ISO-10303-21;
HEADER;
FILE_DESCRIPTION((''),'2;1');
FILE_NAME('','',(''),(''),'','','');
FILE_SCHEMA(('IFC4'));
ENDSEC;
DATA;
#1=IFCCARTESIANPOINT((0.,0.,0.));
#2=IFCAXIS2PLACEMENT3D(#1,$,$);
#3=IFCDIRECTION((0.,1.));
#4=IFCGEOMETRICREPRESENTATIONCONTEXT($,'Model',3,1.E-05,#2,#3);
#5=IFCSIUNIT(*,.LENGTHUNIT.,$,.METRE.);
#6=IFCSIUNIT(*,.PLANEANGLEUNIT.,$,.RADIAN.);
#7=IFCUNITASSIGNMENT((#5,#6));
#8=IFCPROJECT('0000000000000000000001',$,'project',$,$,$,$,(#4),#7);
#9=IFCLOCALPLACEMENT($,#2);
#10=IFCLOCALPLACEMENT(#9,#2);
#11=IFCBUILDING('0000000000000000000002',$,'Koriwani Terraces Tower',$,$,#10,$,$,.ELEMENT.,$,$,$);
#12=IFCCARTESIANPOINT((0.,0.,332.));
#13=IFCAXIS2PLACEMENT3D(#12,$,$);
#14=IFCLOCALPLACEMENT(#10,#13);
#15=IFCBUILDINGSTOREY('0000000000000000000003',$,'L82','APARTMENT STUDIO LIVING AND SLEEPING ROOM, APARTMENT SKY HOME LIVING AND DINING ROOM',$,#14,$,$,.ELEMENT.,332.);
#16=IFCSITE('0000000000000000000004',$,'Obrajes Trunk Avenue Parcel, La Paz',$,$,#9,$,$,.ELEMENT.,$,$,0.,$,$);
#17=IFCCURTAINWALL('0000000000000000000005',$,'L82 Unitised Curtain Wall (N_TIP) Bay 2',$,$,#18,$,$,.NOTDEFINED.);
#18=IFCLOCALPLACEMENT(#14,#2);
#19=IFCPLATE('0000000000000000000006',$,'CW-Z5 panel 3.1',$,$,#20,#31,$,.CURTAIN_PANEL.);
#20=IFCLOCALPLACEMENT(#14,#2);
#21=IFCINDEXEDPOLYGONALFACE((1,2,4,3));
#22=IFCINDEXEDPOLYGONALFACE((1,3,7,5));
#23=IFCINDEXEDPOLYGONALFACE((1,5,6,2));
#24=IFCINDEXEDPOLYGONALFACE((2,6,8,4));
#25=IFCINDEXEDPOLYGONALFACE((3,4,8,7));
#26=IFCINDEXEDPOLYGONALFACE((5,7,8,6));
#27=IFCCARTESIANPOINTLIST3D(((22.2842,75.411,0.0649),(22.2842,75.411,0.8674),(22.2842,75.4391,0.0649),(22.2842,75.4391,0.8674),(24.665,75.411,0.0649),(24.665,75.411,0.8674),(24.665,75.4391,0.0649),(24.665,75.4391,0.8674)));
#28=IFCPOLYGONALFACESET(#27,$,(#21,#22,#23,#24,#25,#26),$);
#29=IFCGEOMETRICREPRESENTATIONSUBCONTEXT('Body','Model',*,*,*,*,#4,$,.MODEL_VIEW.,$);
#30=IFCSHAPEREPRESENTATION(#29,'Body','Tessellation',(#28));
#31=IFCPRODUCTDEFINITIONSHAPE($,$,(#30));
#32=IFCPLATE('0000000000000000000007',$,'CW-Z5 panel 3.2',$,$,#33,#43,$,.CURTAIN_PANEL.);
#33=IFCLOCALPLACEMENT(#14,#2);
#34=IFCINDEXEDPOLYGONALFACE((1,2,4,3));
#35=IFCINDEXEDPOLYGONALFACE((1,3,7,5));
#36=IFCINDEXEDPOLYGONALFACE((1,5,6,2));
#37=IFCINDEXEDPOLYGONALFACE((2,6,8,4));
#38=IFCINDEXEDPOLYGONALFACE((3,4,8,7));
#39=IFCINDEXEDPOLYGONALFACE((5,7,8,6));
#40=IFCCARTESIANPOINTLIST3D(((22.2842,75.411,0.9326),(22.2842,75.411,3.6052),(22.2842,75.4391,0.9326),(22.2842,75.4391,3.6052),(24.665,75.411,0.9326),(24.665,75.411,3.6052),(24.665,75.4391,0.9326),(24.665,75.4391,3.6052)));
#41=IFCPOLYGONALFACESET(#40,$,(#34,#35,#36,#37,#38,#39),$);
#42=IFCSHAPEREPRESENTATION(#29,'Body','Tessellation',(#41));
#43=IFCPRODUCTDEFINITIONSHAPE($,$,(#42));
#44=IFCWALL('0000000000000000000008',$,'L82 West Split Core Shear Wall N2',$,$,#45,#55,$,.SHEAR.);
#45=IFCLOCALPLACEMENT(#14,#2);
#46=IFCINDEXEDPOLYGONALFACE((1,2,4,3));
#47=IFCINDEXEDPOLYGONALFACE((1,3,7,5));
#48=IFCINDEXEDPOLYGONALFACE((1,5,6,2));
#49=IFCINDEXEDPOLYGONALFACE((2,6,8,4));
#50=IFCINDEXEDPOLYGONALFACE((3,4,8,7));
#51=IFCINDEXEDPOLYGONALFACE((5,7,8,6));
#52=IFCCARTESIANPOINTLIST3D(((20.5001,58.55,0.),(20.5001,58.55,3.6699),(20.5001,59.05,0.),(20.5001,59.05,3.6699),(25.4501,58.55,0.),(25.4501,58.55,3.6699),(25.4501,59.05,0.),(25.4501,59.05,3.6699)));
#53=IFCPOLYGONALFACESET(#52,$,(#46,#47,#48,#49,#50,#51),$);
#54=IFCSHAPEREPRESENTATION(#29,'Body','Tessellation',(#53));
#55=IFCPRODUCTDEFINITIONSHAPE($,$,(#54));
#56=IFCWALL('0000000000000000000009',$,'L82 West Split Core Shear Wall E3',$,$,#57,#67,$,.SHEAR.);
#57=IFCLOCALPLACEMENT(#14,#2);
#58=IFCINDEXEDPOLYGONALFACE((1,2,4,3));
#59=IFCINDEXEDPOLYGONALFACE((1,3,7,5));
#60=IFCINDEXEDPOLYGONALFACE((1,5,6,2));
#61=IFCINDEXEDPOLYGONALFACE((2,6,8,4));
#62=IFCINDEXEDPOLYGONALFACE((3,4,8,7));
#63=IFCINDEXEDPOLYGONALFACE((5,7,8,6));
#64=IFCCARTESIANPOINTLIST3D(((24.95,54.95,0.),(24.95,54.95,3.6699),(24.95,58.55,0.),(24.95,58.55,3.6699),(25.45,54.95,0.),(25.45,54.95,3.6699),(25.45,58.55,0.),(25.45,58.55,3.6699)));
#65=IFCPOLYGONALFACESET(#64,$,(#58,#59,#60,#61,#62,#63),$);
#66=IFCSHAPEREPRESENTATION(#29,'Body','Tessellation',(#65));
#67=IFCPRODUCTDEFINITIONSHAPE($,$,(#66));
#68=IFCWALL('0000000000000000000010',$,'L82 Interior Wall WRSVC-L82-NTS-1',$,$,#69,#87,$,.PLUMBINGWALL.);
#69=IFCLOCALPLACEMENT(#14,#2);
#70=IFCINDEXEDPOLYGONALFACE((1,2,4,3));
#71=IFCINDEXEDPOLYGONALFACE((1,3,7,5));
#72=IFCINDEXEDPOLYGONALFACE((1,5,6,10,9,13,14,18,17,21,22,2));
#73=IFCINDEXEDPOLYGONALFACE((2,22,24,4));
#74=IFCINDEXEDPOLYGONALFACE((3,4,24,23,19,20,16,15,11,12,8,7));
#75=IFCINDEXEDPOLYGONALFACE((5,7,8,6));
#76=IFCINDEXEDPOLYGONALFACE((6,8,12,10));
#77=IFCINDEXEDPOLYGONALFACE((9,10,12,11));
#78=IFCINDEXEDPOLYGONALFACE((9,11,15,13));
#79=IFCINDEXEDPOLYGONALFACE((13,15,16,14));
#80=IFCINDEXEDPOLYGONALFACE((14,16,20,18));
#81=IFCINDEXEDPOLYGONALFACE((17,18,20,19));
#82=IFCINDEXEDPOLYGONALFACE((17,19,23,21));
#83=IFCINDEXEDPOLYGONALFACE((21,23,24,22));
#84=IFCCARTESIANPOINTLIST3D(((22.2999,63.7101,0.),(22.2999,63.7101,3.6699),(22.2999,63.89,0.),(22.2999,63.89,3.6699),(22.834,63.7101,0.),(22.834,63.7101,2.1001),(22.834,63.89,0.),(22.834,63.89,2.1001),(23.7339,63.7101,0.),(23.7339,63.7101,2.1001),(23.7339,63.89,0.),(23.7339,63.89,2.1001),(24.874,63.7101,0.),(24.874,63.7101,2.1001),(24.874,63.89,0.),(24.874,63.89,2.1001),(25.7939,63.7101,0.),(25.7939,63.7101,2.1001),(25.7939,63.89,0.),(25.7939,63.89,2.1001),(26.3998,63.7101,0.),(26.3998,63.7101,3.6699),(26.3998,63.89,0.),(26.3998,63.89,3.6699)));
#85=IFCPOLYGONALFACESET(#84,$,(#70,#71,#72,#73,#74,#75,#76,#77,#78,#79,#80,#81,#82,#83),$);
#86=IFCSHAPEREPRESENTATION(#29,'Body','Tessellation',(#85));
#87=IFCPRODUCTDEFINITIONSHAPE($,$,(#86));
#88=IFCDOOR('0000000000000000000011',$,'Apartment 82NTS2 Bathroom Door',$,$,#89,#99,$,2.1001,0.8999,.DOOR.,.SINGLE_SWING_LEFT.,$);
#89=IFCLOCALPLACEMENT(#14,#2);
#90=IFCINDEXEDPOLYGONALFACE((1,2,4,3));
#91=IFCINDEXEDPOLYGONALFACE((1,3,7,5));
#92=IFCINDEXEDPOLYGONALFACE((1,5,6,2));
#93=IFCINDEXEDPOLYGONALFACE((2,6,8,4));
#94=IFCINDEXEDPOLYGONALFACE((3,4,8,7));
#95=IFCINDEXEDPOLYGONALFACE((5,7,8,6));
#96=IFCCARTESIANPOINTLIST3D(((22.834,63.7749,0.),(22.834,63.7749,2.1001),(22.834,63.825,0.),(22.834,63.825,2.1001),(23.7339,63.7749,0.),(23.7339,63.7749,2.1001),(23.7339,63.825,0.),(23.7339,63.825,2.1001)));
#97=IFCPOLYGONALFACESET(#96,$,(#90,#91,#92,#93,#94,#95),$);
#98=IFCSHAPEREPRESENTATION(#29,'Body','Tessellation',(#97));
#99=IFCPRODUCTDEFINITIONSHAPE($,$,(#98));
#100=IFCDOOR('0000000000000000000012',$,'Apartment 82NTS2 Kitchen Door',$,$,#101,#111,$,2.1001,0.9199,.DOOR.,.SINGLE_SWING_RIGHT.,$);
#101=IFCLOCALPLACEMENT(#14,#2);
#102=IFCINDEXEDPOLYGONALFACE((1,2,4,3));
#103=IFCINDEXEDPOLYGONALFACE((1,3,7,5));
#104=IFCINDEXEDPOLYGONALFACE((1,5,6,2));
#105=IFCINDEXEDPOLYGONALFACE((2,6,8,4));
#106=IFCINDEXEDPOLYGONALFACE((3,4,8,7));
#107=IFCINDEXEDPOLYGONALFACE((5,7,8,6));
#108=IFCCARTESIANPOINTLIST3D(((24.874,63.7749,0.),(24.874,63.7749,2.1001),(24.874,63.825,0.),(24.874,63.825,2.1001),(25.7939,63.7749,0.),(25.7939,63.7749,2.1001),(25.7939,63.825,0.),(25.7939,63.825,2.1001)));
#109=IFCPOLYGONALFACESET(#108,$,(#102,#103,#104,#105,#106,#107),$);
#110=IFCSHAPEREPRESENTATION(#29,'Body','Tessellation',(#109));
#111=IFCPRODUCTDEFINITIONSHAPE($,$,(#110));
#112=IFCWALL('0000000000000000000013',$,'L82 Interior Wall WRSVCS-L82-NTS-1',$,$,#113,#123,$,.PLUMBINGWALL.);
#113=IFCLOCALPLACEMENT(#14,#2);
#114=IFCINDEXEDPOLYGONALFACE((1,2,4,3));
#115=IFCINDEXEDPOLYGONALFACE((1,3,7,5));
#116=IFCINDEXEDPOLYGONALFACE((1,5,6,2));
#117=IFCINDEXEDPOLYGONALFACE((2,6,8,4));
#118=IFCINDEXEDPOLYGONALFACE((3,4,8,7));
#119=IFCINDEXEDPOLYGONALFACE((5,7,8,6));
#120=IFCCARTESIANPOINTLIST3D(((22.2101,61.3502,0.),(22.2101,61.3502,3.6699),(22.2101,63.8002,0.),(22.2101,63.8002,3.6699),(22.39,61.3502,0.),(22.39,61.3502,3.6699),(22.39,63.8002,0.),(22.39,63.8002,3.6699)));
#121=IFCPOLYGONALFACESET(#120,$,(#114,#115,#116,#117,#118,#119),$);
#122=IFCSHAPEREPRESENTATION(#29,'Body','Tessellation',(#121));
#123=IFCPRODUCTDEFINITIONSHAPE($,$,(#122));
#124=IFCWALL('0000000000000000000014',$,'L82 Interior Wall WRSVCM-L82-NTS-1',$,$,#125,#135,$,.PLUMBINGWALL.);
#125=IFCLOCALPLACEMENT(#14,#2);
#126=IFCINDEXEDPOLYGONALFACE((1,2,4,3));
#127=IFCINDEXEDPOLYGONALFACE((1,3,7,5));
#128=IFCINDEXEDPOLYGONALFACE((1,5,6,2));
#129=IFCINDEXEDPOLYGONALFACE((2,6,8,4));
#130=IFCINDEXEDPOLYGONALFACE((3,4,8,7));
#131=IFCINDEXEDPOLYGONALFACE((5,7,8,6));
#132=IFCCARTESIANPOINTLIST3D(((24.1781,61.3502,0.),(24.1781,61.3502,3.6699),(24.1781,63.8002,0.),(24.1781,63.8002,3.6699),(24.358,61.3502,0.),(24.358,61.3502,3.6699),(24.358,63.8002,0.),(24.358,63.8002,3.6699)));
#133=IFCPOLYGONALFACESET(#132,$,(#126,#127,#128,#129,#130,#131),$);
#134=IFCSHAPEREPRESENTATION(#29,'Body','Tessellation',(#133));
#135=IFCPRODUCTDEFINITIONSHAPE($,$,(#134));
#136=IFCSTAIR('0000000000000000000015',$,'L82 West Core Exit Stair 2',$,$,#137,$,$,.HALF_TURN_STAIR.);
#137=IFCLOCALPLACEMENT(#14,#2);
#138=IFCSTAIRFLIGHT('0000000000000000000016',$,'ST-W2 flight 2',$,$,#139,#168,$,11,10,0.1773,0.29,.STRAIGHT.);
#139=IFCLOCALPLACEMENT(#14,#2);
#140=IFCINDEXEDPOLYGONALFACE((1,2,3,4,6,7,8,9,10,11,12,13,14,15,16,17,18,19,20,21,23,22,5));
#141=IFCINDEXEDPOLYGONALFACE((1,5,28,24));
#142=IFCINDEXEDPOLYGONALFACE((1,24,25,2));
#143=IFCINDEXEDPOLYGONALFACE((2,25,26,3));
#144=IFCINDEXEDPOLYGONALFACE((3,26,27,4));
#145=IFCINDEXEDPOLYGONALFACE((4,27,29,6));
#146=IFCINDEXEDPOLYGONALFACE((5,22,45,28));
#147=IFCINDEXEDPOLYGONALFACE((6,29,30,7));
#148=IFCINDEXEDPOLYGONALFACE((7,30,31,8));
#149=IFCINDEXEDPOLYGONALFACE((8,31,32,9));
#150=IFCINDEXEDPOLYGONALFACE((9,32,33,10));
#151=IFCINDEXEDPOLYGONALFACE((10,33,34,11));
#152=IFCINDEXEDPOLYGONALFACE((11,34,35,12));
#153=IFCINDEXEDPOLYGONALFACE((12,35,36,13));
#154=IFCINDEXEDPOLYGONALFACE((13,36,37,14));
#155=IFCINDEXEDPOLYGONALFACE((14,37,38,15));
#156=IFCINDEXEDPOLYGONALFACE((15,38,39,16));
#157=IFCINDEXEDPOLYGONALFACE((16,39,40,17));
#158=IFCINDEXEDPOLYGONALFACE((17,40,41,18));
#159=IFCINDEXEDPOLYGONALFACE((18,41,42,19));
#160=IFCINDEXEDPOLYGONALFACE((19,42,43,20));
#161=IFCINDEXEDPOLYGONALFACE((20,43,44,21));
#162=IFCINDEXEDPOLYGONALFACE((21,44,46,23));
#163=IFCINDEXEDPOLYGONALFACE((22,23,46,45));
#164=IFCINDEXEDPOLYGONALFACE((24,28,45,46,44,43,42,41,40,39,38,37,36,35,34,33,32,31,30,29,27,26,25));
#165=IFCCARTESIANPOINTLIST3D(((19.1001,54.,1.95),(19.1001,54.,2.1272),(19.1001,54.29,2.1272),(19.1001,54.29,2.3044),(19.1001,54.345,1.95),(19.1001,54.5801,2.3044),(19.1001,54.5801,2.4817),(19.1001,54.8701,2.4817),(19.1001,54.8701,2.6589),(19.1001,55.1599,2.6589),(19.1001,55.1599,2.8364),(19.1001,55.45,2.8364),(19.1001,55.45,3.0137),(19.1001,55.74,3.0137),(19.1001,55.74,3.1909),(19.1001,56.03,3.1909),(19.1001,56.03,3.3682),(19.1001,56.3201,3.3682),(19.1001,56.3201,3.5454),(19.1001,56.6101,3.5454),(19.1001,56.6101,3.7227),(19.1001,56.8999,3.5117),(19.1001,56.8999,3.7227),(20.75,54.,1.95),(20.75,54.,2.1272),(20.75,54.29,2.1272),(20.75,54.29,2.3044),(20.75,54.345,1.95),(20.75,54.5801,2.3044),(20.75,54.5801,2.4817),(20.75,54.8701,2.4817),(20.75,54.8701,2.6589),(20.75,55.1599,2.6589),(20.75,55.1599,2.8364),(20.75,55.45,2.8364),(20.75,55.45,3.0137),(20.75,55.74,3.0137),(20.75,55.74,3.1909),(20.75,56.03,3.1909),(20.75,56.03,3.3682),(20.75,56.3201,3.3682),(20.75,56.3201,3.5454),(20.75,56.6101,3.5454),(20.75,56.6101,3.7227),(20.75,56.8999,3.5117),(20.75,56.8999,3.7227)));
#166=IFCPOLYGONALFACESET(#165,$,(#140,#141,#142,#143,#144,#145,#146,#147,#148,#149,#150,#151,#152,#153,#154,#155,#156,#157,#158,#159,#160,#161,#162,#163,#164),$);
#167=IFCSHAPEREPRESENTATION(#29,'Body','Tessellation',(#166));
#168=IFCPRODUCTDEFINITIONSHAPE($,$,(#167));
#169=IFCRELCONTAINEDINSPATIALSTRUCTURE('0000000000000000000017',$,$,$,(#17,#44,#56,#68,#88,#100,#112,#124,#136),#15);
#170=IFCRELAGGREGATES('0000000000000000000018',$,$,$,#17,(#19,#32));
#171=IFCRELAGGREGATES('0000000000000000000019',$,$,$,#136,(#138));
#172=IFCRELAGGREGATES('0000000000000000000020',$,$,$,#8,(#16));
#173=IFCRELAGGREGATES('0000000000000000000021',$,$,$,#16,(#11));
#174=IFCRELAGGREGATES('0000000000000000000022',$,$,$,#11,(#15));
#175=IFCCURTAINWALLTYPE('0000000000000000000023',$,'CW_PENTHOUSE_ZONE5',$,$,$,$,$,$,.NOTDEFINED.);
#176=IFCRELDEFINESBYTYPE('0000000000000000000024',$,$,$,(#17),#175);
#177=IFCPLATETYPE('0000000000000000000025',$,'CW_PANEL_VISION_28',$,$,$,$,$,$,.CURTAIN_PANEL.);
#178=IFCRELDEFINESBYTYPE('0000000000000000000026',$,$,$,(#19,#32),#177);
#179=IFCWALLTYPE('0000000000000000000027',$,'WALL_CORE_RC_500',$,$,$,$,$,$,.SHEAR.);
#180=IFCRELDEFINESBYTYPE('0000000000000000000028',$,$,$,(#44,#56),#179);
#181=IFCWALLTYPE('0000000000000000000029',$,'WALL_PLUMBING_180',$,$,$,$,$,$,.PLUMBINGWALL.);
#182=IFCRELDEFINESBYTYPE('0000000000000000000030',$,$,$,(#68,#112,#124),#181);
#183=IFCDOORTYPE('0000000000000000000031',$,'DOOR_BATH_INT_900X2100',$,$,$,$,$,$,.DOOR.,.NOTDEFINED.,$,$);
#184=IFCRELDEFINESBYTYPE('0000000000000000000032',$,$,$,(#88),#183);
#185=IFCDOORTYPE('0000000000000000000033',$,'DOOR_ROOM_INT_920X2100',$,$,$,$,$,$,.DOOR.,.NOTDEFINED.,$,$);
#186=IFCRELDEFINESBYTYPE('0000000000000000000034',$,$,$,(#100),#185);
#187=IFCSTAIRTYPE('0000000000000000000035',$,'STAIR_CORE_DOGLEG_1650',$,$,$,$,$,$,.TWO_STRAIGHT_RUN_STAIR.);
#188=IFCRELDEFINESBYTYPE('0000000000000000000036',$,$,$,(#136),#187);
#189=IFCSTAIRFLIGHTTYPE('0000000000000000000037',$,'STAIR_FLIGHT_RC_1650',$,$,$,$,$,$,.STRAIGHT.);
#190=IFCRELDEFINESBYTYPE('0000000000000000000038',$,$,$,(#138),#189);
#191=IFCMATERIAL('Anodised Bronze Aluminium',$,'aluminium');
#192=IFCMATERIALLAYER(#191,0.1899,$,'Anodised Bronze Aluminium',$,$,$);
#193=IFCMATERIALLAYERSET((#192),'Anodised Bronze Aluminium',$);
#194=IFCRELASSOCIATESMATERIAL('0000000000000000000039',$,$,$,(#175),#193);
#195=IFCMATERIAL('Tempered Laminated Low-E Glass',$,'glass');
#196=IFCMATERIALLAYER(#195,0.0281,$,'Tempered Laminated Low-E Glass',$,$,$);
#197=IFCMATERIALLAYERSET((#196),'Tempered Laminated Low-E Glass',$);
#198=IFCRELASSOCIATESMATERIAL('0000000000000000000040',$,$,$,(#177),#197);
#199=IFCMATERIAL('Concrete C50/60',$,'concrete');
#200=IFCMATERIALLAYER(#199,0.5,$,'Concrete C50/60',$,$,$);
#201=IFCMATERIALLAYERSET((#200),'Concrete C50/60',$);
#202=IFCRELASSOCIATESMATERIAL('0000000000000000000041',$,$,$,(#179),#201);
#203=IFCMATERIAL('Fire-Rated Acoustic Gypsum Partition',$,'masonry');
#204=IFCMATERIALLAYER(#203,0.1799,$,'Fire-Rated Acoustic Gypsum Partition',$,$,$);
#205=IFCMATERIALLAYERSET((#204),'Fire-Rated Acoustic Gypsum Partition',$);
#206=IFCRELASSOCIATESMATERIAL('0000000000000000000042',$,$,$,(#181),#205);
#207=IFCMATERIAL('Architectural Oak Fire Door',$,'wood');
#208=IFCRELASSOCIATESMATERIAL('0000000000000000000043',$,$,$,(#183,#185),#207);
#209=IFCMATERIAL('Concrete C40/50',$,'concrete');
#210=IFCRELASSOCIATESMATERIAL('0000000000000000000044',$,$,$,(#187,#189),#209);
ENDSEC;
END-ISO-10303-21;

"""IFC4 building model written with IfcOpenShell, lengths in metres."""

from ifc_helpers import new_model, si_unit, direction, frame, frame_2d, origin, origin_2d, place, context, subcontext, project, spatial, polyline, rectangle, outline, extrude, material, layer, layer_set, type_object, element, fill, aggregate, save


model = new_model("IFC4")

# Units and contexts
model_context = context("Model", 3, precision=1e-05, world=origin(), true_north=direction((0.0, 1.0)))
body_context = subcontext(model_context, "Body", "Model", "MODEL_VIEW")
ifc_project = project(units=[si_unit("LENGTHUNIT", "METRE"), si_unit("PLANEANGLEUNIT", "RADIAN")], contexts=[model_context])

# Site, building, storey
site_placement = place(None, origin())
site = spatial("IfcSite", under=ifc_project, at=site_placement, Name="Obrajes Trunk Avenue Parcel, La Paz", CompositionType="ELEMENT", RefElevation=0.0)
building_placement = place(site_placement, origin())
building = spatial("IfcBuilding", under=site, at=building_placement, Name="Koriwani Terraces Tower", CompositionType="ELEMENT")
storey_placement = place(building_placement, frame((0.0, 0.0, 332.0)))
storey = spatial("IfcBuildingStorey", under=building, at=storey_placement, Name="L82", Description="APARTMENT STUDIO LIVING AND SLEEPING ROOM, APARTMENT SKY HOME LIVING AND DINING ROOM", CompositionType="ELEMENT", Elevation=332.0)

# Shared definitions
ifc_material_1 = material(Name="Concrete C50/60", Category="concrete")

# Shared definitions
ifc_material_2 = material(Name="Concrete C40/50", Category="concrete")

# Curtain wall
ifc_material_3 = material(Name="Anodised Bronze Aluminium", Category="aluminium")
ifc_layer_1 = layer(ifc_material_3, 0.1899, Name="Anodised Bronze Aluminium")
ifc_layer_set_1 = layer_set([ifc_layer_1], Name="Anodised Bronze Aluminium")
curtain_wall_type = type_object("IfcCurtainWallType", Name="CW_PENTHOUSE_ZONE5", PredefinedType="NOTDEFINED", material=ifc_layer_set_1)
curtain_wall_placement = place(storey_placement, origin())
curtain_wall = element("IfcCurtainWall", 1, at=curtain_wall_placement, inside=storey, type_object=curtain_wall_type, Name="L82 Unitised Curtain Wall (N_TIP) Bay 2", PredefinedType="NOTDEFINED")

# Plates
ifc_material_4 = material(Name="Tempered Laminated Low-E Glass", Category="glass")
ifc_layer_2 = layer(ifc_material_4, 0.0281, Name="Tempered Laminated Low-E Glass")
ifc_layer_set_2 = layer_set([ifc_layer_2], Name="Tempered Laminated Low-E Glass")
plate_type = type_object("IfcPlateType", Name="CW_PANEL_VISION_28", PredefinedType="CURTAIN_PANEL", material=ifc_layer_set_2)
plate_1_placement = place(storey_placement, frame((23.4746, 75.425, 0.0649), z_axis=(0.0, 0.0, 1.0), x_axis=(1.0, 0.0, 0.0)))
plate_1 = element("IfcPlate", 2, at=plate_1_placement, type_object=plate_type, Name="CW-Z5 panel 3.1", PredefinedType="CURTAIN_PANEL", context=body_context, shape_type="SweptSolid", body=[
    extrude(rectangle(XDim=2.3809, YDim=0.0281, at=origin_2d()), origin(), (0.0, 0.0, 1.0), 0.8025),
])
plate_2_placement = place(storey_placement, frame((23.4746, 75.425, 0.9326), z_axis=(0.0, 0.0, 1.0), x_axis=(1.0, 0.0, 0.0)))
plate_2 = element("IfcPlate", 3, at=plate_2_placement, type_object=plate_type, Name="CW-Z5 panel 3.2", PredefinedType="CURTAIN_PANEL", context=body_context, shape_type="SweptSolid", body=[
    extrude(rectangle(XDim=2.3809, YDim=0.0281, at=origin_2d()), origin(), (0.0, 0.0, 1.0), 2.6726),
])
aggregate(curtain_wall, [plate_1, plate_2])

# Walls
ifc_layer_3 = layer(ifc_material_1, 0.5, Name="Concrete C50/60")
ifc_layer_set_3 = layer_set([ifc_layer_3], Name="Concrete C50/60")
wall_type_1 = type_object("IfcWallType", Name="WALL_CORE_RC_500", PredefinedType="SHEAR", material=ifc_layer_set_3)
wall_1_placement = place(storey_placement, frame((20.5, 58.8, 0.0), z_axis=(0.0, 0.0, 1.0), x_axis=(1.0, 0.0, 0.0)))
element("IfcWall", 4, at=wall_1_placement, inside=storey, type_object=wall_type_1, Name="L82 West Split Core Shear Wall N2", PredefinedType="SHEAR", context=body_context, shape_type="SweptSolid", body=[
    extrude(rectangle(XDim=4.95, YDim=0.5, at=frame_2d((2.4751, 0.0))), origin(), (0.0, 0.0, 1.0), 3.6699),
])
wall_2_placement = place(storey_placement, frame((25.2, 54.95, 0.0), z_axis=(0.0, 0.0, 1.0), x_axis=(0.0, 1.0, 0.0)))
element("IfcWall", 5, at=wall_2_placement, inside=storey, type_object=wall_type_1, Name="L82 West Split Core Shear Wall E3", PredefinedType="SHEAR", context=body_context, shape_type="SweptSolid", body=[
    extrude(rectangle(XDim=3.6001, YDim=0.5, at=frame_2d((1.8, 0.0))), origin(), (0.0, 0.0, 1.0), 3.6699),
])

# Wall, openings, doors
ifc_material_5 = material(Name="Fire-Rated Acoustic Gypsum Partition", Category="masonry")
ifc_layer_4 = layer(ifc_material_5, 0.1799, Name="Fire-Rated Acoustic Gypsum Partition")
ifc_layer_set_4 = layer_set([ifc_layer_4], Name="Fire-Rated Acoustic Gypsum Partition")
wall_type_2 = type_object("IfcWallType", Name="WALL_PLUMBING_180", PredefinedType="PLUMBINGWALL", material=ifc_layer_set_4)
wall_3_placement = place(storey_placement, frame((22.3, 63.8, 0.0), z_axis=(0.0, 0.0, 1.0), x_axis=(1.0, 0.0, 0.0)))
wall_3 = element("IfcWall", 6, at=wall_3_placement, inside=storey, type_object=wall_type_2, Name="L82 Interior Wall WRSVC-L82-NTS-1", PredefinedType="PLUMBINGWALL", context=body_context, shape_type="SweptSolid", body=[
    extrude(rectangle(XDim=4.0999, YDim=0.1799, at=frame_2d((2.0498, 0.0))), origin(), (0.0, 0.0, 1.0), 3.6699),
])
opening_1_placement = place(wall_3_placement, frame((0.5339, 0.0, 0.0)))
opening_1 = element("IfcOpeningElement", 7, at=opening_1_placement, cuts=wall_3, PredefinedType="OPENING", context=body_context, shape_type="SweptSolid", body=[
    extrude(rectangle(XDim=0.8999, YDim=2.1001, at=frame_2d((0.45, 1.05))), frame((0.0, 0.1001, 0.0), z_axis=(0.0, -1.0, 0.0), x_axis=(1.0, 0.0, 0.0)), (0.0, 0.0, 1.0), 0.2),
])
opening_2_placement = place(wall_3_placement, frame((2.574, 0.0, 0.0)))
opening_2 = element("IfcOpeningElement", 8, at=opening_2_placement, cuts=wall_3, PredefinedType="OPENING", context=body_context, shape_type="SweptSolid", body=[
    extrude(rectangle(XDim=0.9199, YDim=2.1001, at=frame_2d((0.46, 1.05))), frame((0.0, 0.1001, 0.0), z_axis=(0.0, -1.0, 0.0), x_axis=(1.0, 0.0, 0.0)), (0.0, 0.0, 1.0), 0.2),
])
ifc_material_6 = material(Name="Architectural Oak Fire Door", Category="wood")
door_type_1 = type_object("IfcDoorType", Name="DOOR_BATH_INT_900X2100", OperationType="NOTDEFINED", PredefinedType="DOOR", material=ifc_material_6)
door_1_placement = place(opening_1_placement, origin())
door_1 = element("IfcDoor", 9, at=door_1_placement, inside=storey, type_object=door_type_1, Name="Apartment 82NTS2 Bathroom Door", OperationType="SINGLE_SWING_LEFT", OverallHeight=2.1001, OverallWidth=0.8999, PredefinedType="DOOR", context=body_context, shape_type="SweptSolid", body=[
    extrude(rectangle(XDim=0.8999, YDim=2.1001, at=frame_2d((0.45, 1.05))), frame((0.0, 0.0249, 0.0), z_axis=(0.0, -1.0, 0.0), x_axis=(1.0, 0.0, 0.0)), (0.0, 0.0, 1.0), 0.05),
])
fill(opening_1, door_1)
door_type_2 = type_object("IfcDoorType", Name="DOOR_ROOM_INT_920X2100", OperationType="NOTDEFINED", PredefinedType="DOOR", material=ifc_material_6)
door_2_placement = place(opening_2_placement, origin())
door_2 = element("IfcDoor", 10, at=door_2_placement, inside=storey, type_object=door_type_2, Name="Apartment 82NTS2 Kitchen Door", OperationType="SINGLE_SWING_RIGHT", OverallHeight=2.1001, OverallWidth=0.9199, PredefinedType="DOOR", context=body_context, shape_type="SweptSolid", body=[
    extrude(rectangle(XDim=0.9199, YDim=2.1001, at=frame_2d((0.46, 1.05))), frame((0.0, 0.0249, 0.0), z_axis=(0.0, -1.0, 0.0), x_axis=(1.0, 0.0, 0.0)), (0.0, 0.0, 1.0), 0.05),
])
fill(opening_2, door_2)

# Walls
for number, where, z_axis, x_axis, name in (
    (11, (22.3, 61.3501, 0.0), (0.0, 0.0, 1.0), (0.0, 1.0, 0.0), "L82 Interior Wall WRSVCS-L82-NTS-1"),
    (12, (24.2681, 61.3501, 0.0), (0.0, 0.0, 1.0), (0.0, 1.0, 0.0), "L82 Interior Wall WRSVCM-L82-NTS-1"),
):
    element("IfcWall", number, at=place(storey_placement, frame(where, z_axis=z_axis, x_axis=x_axis)), inside=storey, type_object=wall_type_2, Name=name, PredefinedType="PLUMBINGWALL", context=body_context, shape_type="SweptSolid", body=[
        extrude(rectangle(XDim=2.45, YDim=0.1799, at=frame_2d((1.2251, 0.0))), origin(), (0.0, 0.0, 1.0), 3.6699),
    ])

# Stair, stair flight
stair_type = type_object("IfcStairType", Name="STAIR_CORE_DOGLEG_1650", PredefinedType="TWO_STRAIGHT_RUN_STAIR", material=ifc_material_2)
stair_placement = place(storey_placement, origin())
stair = element("IfcStair", 13, at=stair_placement, inside=storey, type_object=stair_type, Name="L82 West Core Exit Stair 2", PredefinedType="HALF_TURN_STAIR")
stair_flight_type = type_object("IfcStairFlightType", Name="STAIR_FLIGHT_RC_1650", PredefinedType="STRAIGHT", material=ifc_material_2)
stair_flight_placement = place(storey_placement, frame((19.925, 54.0, 1.95), z_axis=(0.0, 0.0, 1.0), x_axis=(0.0, 1.0, 0.0)))
stair_flight = element("IfcStairFlight", 14, at=stair_flight_placement, type_object=stair_flight_type, Name="ST-W2 flight 2", NumberOfRisers=11, NumberOfTreads=10, PredefinedType="STRAIGHT", RiserHeight=0.1773, TreadLength=0.29, context=body_context, shape_type="SweptSolid", body=[
    extrude(outline(polyline([(0.0, 0.0), (0.0, 0.1772), (0.29, 0.1772), (0.29, 0.3545), (0.5801, 0.3545), (0.5801, 0.5317), (0.8701, 0.5317), (0.8701, 0.709), (1.1599, 0.709), (1.1599, 0.8865), (1.45, 0.8865), (1.45, 1.0637), (1.74, 1.0637), (1.74, 1.241), (2.03, 1.241), (2.03, 1.4182), (2.3201, 1.4182), (2.3201, 1.5955), (2.6101, 1.5955), (2.6101, 1.7727), (2.8999, 1.7727), (2.8999, 1.95), (2.8999, 1.5618), (0.345, 0.0), (0.0, 0.0)])), frame((0.0, 0.825, 0.0), z_axis=(0.0, -1.0, 0.0), x_axis=(1.0, 0.0, 0.0)), (0.0, 0.0, 1.0), 1.6499),
])
aggregate(stair, [stair_flight])

save(model, "model.ifc")
